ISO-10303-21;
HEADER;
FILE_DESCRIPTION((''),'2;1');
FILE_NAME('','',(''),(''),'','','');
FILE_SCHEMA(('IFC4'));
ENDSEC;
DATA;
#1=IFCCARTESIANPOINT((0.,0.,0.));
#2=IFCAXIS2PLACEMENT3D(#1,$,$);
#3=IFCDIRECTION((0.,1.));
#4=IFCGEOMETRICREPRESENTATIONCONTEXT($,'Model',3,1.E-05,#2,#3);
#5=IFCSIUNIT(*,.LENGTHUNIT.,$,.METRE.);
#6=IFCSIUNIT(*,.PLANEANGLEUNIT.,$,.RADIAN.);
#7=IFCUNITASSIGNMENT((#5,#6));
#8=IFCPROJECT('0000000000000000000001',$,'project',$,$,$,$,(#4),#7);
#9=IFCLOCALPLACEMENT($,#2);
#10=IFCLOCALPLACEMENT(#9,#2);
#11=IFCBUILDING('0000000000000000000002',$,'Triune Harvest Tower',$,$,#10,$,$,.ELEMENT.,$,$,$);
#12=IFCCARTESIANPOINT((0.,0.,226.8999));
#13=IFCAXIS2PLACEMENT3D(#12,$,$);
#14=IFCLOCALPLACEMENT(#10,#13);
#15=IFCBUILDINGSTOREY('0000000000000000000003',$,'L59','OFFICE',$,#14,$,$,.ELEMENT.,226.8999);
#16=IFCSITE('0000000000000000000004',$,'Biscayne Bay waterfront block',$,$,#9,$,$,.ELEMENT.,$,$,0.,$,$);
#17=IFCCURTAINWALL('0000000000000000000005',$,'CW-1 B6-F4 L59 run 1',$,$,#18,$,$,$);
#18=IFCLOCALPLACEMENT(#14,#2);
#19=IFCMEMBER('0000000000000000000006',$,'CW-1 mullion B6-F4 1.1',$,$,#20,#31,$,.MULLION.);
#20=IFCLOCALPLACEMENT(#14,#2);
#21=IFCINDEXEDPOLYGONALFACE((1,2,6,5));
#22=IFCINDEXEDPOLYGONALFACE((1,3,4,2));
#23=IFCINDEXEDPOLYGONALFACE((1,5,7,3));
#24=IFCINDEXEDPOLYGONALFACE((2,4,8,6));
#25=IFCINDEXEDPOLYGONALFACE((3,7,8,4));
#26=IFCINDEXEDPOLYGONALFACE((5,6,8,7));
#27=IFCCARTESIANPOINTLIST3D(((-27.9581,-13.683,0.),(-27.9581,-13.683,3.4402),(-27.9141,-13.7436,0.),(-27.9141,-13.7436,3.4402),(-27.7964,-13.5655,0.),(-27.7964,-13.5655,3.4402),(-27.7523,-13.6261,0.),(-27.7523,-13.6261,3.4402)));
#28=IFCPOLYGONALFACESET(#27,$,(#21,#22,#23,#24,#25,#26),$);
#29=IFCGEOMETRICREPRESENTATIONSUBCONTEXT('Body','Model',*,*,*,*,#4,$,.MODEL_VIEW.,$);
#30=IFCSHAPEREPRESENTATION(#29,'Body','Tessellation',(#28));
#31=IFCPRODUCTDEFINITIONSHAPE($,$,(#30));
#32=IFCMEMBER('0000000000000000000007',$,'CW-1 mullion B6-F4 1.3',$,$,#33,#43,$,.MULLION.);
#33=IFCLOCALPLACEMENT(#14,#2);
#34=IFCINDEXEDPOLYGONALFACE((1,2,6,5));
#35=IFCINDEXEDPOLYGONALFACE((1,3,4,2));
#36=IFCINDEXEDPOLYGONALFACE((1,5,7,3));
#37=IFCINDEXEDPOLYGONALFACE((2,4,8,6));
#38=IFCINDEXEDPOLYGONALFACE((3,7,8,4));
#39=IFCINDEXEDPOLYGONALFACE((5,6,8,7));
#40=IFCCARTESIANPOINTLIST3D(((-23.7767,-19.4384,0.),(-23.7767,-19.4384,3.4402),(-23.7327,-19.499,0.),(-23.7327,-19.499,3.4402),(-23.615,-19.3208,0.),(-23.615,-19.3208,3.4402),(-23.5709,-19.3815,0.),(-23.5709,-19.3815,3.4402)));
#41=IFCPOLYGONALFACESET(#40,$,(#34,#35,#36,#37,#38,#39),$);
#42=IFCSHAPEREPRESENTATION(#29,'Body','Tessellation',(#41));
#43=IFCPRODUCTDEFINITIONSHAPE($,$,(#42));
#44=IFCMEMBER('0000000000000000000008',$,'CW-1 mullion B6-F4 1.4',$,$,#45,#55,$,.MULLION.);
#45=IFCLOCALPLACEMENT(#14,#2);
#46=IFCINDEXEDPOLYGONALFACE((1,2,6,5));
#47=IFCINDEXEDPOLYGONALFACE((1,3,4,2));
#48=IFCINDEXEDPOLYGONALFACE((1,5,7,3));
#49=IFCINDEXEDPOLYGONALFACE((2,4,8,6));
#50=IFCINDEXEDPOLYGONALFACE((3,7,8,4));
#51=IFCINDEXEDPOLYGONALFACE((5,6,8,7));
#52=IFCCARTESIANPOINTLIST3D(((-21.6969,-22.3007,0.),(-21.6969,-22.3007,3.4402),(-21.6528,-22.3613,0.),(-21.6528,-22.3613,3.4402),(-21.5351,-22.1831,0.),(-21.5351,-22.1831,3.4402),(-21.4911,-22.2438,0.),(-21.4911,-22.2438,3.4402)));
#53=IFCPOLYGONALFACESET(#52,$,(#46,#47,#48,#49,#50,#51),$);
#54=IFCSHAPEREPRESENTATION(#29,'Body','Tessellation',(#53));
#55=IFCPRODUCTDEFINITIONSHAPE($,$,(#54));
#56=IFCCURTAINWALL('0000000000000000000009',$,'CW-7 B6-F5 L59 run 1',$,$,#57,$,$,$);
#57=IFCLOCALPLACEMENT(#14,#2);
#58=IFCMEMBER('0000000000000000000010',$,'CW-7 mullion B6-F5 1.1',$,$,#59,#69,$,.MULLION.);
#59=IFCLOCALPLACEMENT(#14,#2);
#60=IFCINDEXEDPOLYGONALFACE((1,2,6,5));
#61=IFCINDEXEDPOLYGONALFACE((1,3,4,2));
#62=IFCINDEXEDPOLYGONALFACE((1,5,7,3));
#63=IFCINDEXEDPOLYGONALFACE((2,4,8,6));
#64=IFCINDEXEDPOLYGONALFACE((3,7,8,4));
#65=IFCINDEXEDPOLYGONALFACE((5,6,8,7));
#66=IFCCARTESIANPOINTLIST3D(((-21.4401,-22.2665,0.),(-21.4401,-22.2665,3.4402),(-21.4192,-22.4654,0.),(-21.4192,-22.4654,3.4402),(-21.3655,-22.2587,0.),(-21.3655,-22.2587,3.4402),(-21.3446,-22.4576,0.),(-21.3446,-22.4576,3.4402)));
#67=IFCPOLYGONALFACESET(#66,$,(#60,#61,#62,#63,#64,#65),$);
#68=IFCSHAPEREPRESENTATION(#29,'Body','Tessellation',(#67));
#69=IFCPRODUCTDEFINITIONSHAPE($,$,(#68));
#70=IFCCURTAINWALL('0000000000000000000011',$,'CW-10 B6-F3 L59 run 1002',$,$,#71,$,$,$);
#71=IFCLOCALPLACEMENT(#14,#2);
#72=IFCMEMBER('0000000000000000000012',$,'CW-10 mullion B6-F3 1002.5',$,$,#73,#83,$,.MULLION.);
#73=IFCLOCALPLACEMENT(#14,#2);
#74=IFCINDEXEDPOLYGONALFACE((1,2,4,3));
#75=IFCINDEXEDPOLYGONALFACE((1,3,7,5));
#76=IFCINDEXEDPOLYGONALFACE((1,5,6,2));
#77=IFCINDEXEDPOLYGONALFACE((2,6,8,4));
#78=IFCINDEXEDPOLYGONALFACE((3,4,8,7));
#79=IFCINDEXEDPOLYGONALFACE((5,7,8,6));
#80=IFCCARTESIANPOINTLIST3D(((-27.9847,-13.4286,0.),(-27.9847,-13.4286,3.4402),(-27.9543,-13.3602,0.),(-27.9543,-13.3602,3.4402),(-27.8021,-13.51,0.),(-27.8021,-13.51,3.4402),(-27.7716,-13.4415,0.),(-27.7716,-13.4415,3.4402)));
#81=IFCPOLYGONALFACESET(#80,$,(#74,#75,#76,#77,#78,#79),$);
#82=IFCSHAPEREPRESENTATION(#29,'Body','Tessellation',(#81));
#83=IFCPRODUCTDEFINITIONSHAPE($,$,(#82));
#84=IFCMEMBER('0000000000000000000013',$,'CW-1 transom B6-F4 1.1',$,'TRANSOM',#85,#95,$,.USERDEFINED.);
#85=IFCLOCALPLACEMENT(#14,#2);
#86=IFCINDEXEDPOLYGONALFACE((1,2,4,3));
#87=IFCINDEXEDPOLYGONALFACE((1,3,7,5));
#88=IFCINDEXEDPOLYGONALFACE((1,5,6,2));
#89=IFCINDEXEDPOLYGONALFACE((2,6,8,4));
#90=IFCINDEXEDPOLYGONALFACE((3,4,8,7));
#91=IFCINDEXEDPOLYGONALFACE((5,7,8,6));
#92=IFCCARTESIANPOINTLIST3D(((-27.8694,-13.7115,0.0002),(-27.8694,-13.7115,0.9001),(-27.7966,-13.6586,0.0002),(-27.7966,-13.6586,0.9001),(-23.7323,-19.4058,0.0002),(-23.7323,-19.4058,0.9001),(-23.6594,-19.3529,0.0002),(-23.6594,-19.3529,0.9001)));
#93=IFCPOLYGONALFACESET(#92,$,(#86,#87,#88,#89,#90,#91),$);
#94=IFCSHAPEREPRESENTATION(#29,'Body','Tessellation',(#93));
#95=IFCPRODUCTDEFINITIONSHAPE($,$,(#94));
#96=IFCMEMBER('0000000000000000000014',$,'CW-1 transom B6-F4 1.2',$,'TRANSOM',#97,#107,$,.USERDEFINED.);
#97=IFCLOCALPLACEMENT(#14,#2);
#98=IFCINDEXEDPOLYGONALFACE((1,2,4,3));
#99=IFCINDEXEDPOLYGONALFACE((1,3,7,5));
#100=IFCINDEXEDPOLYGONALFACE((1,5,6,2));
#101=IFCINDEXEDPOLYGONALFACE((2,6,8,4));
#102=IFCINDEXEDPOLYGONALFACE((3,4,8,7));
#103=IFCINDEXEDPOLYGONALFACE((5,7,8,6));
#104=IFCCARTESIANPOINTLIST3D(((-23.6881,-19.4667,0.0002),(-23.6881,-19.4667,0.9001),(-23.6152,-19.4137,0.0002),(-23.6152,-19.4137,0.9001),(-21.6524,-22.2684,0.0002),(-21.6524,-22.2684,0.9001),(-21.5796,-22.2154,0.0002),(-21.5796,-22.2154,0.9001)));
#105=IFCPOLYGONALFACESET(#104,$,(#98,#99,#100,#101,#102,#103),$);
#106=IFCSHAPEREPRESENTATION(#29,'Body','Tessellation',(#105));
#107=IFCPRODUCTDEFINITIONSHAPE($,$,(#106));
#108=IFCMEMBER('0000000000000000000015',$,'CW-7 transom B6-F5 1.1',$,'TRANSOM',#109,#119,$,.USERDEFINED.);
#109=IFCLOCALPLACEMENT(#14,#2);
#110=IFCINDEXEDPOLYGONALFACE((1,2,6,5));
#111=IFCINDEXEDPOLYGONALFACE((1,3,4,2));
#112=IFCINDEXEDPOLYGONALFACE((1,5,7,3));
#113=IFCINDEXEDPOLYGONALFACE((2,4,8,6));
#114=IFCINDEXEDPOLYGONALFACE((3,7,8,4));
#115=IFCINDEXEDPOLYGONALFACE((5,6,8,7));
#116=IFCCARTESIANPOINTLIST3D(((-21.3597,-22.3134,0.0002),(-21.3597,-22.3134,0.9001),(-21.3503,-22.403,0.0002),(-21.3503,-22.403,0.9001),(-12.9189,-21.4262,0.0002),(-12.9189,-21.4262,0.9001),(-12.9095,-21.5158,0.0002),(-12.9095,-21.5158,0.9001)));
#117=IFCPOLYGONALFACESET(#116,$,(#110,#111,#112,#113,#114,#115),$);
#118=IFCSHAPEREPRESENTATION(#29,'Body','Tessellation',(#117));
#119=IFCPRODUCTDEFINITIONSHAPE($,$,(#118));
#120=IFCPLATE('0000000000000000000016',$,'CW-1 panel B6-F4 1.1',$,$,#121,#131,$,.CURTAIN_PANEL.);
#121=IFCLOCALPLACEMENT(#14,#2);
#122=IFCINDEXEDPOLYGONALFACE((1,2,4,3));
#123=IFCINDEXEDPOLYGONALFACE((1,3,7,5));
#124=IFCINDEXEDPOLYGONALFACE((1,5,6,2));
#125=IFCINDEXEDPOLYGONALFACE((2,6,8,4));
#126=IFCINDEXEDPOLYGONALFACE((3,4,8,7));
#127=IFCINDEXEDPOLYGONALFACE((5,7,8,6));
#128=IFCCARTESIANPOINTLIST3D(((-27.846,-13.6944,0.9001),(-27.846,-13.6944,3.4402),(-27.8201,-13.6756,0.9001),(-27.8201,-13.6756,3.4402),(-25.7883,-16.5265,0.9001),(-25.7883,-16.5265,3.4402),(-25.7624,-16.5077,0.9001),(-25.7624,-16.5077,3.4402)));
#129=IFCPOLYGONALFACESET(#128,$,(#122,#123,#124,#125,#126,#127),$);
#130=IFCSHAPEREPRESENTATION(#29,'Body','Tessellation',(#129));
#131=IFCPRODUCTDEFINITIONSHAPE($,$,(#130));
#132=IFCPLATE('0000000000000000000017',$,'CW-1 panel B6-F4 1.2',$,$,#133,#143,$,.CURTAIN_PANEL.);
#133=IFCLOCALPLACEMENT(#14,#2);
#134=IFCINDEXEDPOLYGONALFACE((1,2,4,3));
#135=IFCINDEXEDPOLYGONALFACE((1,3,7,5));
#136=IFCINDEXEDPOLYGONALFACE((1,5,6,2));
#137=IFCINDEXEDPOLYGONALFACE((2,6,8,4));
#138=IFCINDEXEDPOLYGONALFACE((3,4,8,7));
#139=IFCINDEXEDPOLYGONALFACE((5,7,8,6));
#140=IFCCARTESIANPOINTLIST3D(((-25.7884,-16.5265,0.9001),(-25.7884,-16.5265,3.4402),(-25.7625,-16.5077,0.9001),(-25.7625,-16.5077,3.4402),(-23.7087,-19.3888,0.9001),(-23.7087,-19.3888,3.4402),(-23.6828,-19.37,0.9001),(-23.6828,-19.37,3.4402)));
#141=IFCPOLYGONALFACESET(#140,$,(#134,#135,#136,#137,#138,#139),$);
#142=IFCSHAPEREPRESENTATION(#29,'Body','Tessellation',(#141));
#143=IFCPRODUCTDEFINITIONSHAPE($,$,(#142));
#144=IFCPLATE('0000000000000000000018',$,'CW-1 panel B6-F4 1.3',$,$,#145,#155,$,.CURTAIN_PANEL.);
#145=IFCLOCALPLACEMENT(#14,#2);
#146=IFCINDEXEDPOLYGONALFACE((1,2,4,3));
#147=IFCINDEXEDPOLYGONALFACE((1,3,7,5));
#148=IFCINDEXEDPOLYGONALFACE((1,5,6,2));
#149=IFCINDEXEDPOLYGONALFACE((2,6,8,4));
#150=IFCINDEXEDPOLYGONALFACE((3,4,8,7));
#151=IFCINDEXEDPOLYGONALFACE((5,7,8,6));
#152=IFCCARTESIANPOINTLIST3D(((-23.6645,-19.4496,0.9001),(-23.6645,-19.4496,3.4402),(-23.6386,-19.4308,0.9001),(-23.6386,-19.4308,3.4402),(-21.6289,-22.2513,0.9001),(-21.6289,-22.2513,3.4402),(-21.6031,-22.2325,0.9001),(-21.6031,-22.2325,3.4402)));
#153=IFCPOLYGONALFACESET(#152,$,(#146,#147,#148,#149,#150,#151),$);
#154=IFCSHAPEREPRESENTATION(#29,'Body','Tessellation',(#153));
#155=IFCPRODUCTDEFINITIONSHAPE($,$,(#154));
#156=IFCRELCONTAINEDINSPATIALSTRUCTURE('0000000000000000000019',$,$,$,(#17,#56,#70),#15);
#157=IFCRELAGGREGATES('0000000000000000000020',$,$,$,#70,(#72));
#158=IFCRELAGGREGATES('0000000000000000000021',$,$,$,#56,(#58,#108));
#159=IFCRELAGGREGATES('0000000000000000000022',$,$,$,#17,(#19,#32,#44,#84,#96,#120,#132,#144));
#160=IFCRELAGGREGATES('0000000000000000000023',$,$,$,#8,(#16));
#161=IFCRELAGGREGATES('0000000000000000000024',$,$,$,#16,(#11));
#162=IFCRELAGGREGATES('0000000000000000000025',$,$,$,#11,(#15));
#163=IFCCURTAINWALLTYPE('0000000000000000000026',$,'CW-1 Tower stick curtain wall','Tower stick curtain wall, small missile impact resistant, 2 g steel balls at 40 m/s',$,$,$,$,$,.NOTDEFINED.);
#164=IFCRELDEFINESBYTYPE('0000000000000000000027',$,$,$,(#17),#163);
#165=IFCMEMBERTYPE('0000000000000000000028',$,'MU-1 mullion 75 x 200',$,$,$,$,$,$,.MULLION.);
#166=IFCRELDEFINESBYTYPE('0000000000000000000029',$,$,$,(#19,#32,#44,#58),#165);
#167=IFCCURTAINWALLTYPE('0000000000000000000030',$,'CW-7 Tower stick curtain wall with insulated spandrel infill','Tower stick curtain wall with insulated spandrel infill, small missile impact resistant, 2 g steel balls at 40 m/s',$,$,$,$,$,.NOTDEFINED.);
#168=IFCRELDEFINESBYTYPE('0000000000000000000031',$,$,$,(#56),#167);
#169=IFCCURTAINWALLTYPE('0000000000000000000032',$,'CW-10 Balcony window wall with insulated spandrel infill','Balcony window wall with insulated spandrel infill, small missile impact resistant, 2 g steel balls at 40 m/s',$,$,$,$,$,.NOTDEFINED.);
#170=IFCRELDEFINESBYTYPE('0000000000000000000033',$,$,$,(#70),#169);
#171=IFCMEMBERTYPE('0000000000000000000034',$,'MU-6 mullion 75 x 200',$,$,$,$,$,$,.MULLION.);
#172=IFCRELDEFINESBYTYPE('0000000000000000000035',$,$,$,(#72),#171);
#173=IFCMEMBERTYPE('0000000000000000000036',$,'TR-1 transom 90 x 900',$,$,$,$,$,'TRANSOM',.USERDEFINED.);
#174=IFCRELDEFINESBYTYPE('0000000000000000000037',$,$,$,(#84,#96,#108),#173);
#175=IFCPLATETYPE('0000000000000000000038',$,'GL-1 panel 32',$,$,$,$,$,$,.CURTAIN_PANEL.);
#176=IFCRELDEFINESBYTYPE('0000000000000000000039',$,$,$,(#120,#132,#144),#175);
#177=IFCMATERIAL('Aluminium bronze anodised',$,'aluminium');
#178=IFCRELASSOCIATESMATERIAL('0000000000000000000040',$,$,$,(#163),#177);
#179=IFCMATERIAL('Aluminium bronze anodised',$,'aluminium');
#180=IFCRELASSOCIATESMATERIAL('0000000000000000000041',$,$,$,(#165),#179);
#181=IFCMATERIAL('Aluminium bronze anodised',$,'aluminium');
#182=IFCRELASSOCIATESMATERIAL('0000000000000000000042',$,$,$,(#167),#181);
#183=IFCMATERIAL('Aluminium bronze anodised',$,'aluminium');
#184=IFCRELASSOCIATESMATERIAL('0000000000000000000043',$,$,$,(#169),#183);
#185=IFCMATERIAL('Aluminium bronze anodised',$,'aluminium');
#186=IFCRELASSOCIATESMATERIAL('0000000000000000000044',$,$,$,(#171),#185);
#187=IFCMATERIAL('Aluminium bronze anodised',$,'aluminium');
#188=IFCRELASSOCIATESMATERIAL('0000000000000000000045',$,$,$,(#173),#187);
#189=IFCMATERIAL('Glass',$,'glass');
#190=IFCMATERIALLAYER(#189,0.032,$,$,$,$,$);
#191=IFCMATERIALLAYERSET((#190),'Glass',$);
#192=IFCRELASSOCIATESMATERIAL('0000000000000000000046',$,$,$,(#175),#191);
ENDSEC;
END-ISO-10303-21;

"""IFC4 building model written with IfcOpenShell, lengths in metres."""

from ifc_helpers import new_model, si_unit, direction, frame, origin, origin_2d, place, context, subcontext, project, spatial, rectangle, extrude, source, transform, mapped, material, layer, layer_set, material_profile, profile_set, type_object, element, aggregate, save


model = new_model("IFC4")

# Units and contexts
model_context = context("Model", 3, precision=1e-05, world=origin(), true_north=direction((0.0, 1.0)))
body_context = subcontext(model_context, "Body", "Model", "MODEL_VIEW")
ifc_project = project(units=[si_unit("LENGTHUNIT", "METRE"), si_unit("PLANEANGLEUNIT", "RADIAN")], contexts=[model_context])

# Site, building, storey
site_placement = place(None, origin())
site = spatial("IfcSite", under=ifc_project, at=site_placement, Name="Biscayne Bay waterfront block", CompositionType="ELEMENT", RefElevation=0.0)
building_placement = place(site_placement, origin())
building = spatial("IfcBuilding", under=site, at=building_placement, Name="Triune Harvest Tower", CompositionType="ELEMENT")
storey_placement = place(building_placement, frame((0.0, 0.0, 226.8999)))
storey = spatial("IfcBuildingStorey", under=building, at=storey_placement, Name="L59", Description="OFFICE", CompositionType="ELEMENT", Elevation=226.8999)

# Curtain wall, members
ifc_material_1 = material(Name="Aluminium bronze anodised", Category="aluminium")
curtain_wall_type_1 = type_object("IfcCurtainWallType", Name="CW-1 Tower stick curtain wall", Description="Tower stick curtain wall, small missile impact resistant, 2 g steel balls at 40 m/s", PredefinedType="NOTDEFINED", material=ifc_material_1)
curtain_wall_1_placement = place(storey_placement, origin())
curtain_wall_1 = element("IfcCurtainWall", 1, at=curtain_wall_1_placement, inside=storey, type_object=curtain_wall_type_1, Name="CW-1 B6-F4 L59 run 1")
ifc_material_2 = material(Name="Aluminium bronze anodised", Category="aluminium")
ifc_material_profile_1 = material_profile(ifc_material_2, rectangle(XDim=0.2, YDim=0.075, at=origin_2d()), Name="MU-1 mullion 75 x 200")
ifc_profile_set_1 = profile_set([ifc_material_profile_1], Name="Aluminium bronze anodised")
member_type_1 = type_object("IfcMemberType", Name="MU-1 mullion 75 x 200", PredefinedType="MULLION", material=ifc_profile_set_1)
shared_shape_1 = source(origin(), body_context, "Body", "SweptSolid", [
    extrude(rectangle(XDim=0.2, YDim=0.075, at=origin_2d()), origin(), (0.0, 0.0, 1.0), 3.4402),
])
member_1_placement = place(storey_placement, frame((-27.8552, -13.6545, 0.0), z_axis=(0.0, 0.0, 1.0), x_axis=(0.809014, 0.587789, 0.0)))
member_1 = element("IfcMember", 2, at=member_1_placement, type_object=member_type_1, Name="CW-1 mullion B6-F4 1.1", PredefinedType="MULLION", context=body_context, shape_type="MappedRepresentation", body=[
    mapped(shared_shape_1, transform((0.0, 0.0, 0.0), scale=1.0)),
])
member_2_placement = place(storey_placement, frame((-23.6738, -19.4099, 0.0), z_axis=(0.0, 0.0, 1.0), x_axis=(0.809014, 0.587789, 0.0)))
member_2 = element("IfcMember", 3, at=member_2_placement, type_object=member_type_1, Name="CW-1 mullion B6-F4 1.3", PredefinedType="MULLION", context=body_context, shape_type="MappedRepresentation", body=[
    mapped(shared_shape_1, transform((0.0, 0.0, 0.0), scale=1.0)),
])
member_3_placement = place(storey_placement, frame((-21.594, -22.2722, 0.0), z_axis=(0.0, 0.0, 1.0), x_axis=(0.809014, 0.587789, 0.0)))
member_3 = element("IfcMember", 4, at=member_3_placement, type_object=member_type_1, Name="CW-1 mullion B6-F4 1.4", PredefinedType="MULLION", context=body_context, shape_type="MappedRepresentation", body=[
    mapped(shared_shape_1, transform((0.0, 0.0, 0.0), scale=1.0)),
])

# Curtain walls, members
ifc_material_3 = material(Name="Aluminium bronze anodised", Category="aluminium")
curtain_wall_type_2 = type_object("IfcCurtainWallType", Name="CW-7 Tower stick curtain wall with insulated spandrel infill", Description="Tower stick curtain wall with insulated spandrel infill, small missile impact resistant, 2 g steel balls at 40 m/s", PredefinedType="NOTDEFINED", material=ifc_material_3)
curtain_wall_2_placement = place(storey_placement, origin())
curtain_wall_2 = element("IfcCurtainWall", 5, at=curtain_wall_2_placement, inside=storey, type_object=curtain_wall_type_2, Name="CW-7 B6-F5 L59 run 1")
member_4_placement = place(storey_placement, frame((-21.3923, -22.3621, 0.0), z_axis=(0.0, 0.0, 1.0), x_axis=(-0.104528, 0.994522, 0.0)))
member_4 = element("IfcMember", 6, at=member_4_placement, type_object=member_type_1, Name="CW-7 mullion B6-F5 1.1", PredefinedType="MULLION", context=body_context, shape_type="MappedRepresentation", body=[
    mapped(shared_shape_1, transform((0.0, 0.0, 0.0), scale=1.0)),
])
ifc_material_4 = material(Name="Aluminium bronze anodised", Category="aluminium")
curtain_wall_type_3 = type_object("IfcCurtainWallType", Name="CW-10 Balcony window wall with insulated spandrel infill", Description="Balcony window wall with insulated spandrel infill, small missile impact resistant, 2 g steel balls at 40 m/s", PredefinedType="NOTDEFINED", material=ifc_material_4)
curtain_wall_3_placement = place(storey_placement, origin())
curtain_wall_3 = element("IfcCurtainWall", 7, at=curtain_wall_3_placement, inside=storey, type_object=curtain_wall_type_3, Name="CW-10 B6-F3 L59 run 1002")
ifc_material_5 = material(Name="Aluminium bronze anodised", Category="aluminium")
ifc_material_profile_2 = material_profile(ifc_material_5, rectangle(XDim=0.2, YDim=0.075, at=origin_2d()), Name="MU-6 mullion 75 x 200")
ifc_profile_set_2 = profile_set([ifc_material_profile_2], Name="Aluminium bronze anodised")
member_type_2 = type_object("IfcMemberType", Name="MU-6 mullion 75 x 200", PredefinedType="MULLION", material=ifc_profile_set_2)
shared_shape_2 = source(origin(), body_context, "Body", "SweptSolid", [
    extrude(rectangle(XDim=0.2, YDim=0.075, at=origin_2d()), origin(), (0.0, 0.0, 1.0), 3.4402),
])
member_5_placement = place(storey_placement, frame((-27.8782, -13.4351, 0.0), z_axis=(0.0, 0.0, 1.0), x_axis=(0.913546, -0.406737, 0.0)))
member_5 = element("IfcMember", 8, at=member_5_placement, type_object=member_type_2, Name="CW-10 mullion B6-F3 1002.5", PredefinedType="MULLION", context=body_context, shape_type="MappedRepresentation", body=[
    mapped(shared_shape_2, transform((0.0, 0.0, 0.0), scale=1.0)),
])
aggregate(curtain_wall_3, [member_5])

# Members
ifc_material_6 = material(Name="Aluminium bronze anodised", Category="aluminium")
ifc_material_profile_3 = material_profile(ifc_material_6, rectangle(XDim=0.0901, YDim=0.8999, at=origin_2d()), Name="TR-1 transom 90 x 900")
ifc_profile_set_3 = profile_set([ifc_material_profile_3], Name="Aluminium bronze anodised")
member_type_3 = type_object("IfcMemberType", Name="TR-1 transom 90 x 900", ElementType="TRANSOM", PredefinedType="USERDEFINED", material=ifc_profile_set_3)
shared_shape_3 = source(origin(), body_context, "Body", "SweptSolid", [
    extrude(rectangle(XDim=0.0901, YDim=0.8999, at=origin_2d()), origin(), (0.0, 0.0, 1.0), 7.0386),
])
member_6_placement = place(storey_placement, frame((-27.833, -13.6851, 0.4502), z_axis=(0.587788, -0.809015, 0.0), x_axis=(0.809015, 0.587788, 0.0)))
member_6 = element("IfcMember", 9, at=member_6_placement, type_object=member_type_3, Name="CW-1 transom B6-F4 1.1", ObjectType="TRANSOM", PredefinedType="USERDEFINED", context=body_context, shape_type="MappedRepresentation", body=[
    mapped(shared_shape_3, transform((0.0, 0.0, 0.0), scale=1.0)),
])
shared_shape_4 = source(origin(), body_context, "Body", "SweptSolid", [
    extrude(rectangle(XDim=0.0901, YDim=0.8999, at=origin_2d()), origin(), (0.0, 0.0, 1.0), 3.4631),
])
member_7_placement = place(storey_placement, frame((-23.6516, -19.4402, 0.4502), z_axis=(0.587794, -0.80901, 0.0), x_axis=(0.80901, 0.587794, 0.0)))
member_7 = element("IfcMember", 10, at=member_7_placement, type_object=member_type_3, Name="CW-1 transom B6-F4 1.2", ObjectType="TRANSOM", PredefinedType="USERDEFINED", context=body_context, shape_type="MappedRepresentation", body=[
    mapped(shared_shape_4, transform((0.0, 0.0, 0.0), scale=1.0)),
])
shared_shape_5 = source(origin(), body_context, "Body", "SweptSolid", [
    extrude(rectangle(XDim=0.0901, YDim=0.8999, at=origin_2d()), origin(), (0.0, 0.0, 1.0), 8.4873),
])
member_8_placement = place(storey_placement, frame((-21.355, -22.3582, 0.4502), z_axis=(0.994522, 0.104532, 0.0), x_axis=(-0.104532, 0.994522, 0.0)))
member_8 = element("IfcMember", 11, at=member_8_placement, type_object=member_type_3, Name="CW-7 transom B6-F5 1.1", ObjectType="TRANSOM", PredefinedType="USERDEFINED", context=body_context, shape_type="MappedRepresentation", body=[
    mapped(shared_shape_5, transform((0.0, 0.0, 0.0), scale=1.0)),
])
aggregate(curtain_wall_2, [member_4, member_8])

# Plates
ifc_material_7 = material(Name="Glass", Category="glass")
ifc_layer_1 = layer(ifc_material_7, 0.032)
ifc_layer_set_1 = layer_set([ifc_layer_1], Name="Glass")
plate_type = type_object("IfcPlateType", Name="GL-1 panel 32", PredefinedType="CURTAIN_PANEL", material=ifc_layer_set_1)
shared_shape_6 = source(origin(), body_context, "Body", "SweptSolid", [
    extrude(rectangle(XDim=3.5007, YDim=0.032, at=origin_2d()), origin(), (0.0, 0.0, 1.0), 2.54),
])
plate_1_placement = place(storey_placement, frame((-26.8042, -15.1011, 0.9001), z_axis=(0.0, 0.0, 1.0), x_axis=(0.587789, -0.809014, 0.0)))
plate_1 = element("IfcPlate", 12, at=plate_1_placement, type_object=plate_type, Name="CW-1 panel B6-F4 1.1", PredefinedType="CURTAIN_PANEL", context=body_context, shape_type="MappedRepresentation", body=[
    mapped(shared_shape_6, transform((0.0, 0.0, 0.0), scale=1.0)),
])
shared_shape_7 = source(origin(), body_context, "Body", "SweptSolid", [
    extrude(rectangle(XDim=3.5381, YDim=0.032, at=origin_2d()), origin(), (0.0, 0.0, 1.0), 2.54),
])
plate_2_placement = place(storey_placement, frame((-24.7356, -17.9482, 0.9001), z_axis=(0.0, 0.0, 1.0), x_axis=(0.587789, -0.809014, 0.0)))
plate_2 = element("IfcPlate", 13, at=plate_2_placement, type_object=plate_type, Name="CW-1 panel B6-F4 1.2", PredefinedType="CURTAIN_PANEL", context=body_context, shape_type="MappedRepresentation", body=[
    mapped(shared_shape_7, transform((0.0, 0.0, 0.0), scale=1.0)),
])
shared_shape_8 = source(origin(), body_context, "Body", "SweptSolid", [
    extrude(rectangle(XDim=3.4631, YDim=0.032, at=origin_2d()), origin(), (0.0, 0.0, 1.0), 2.54),
])
plate_3_placement = place(storey_placement, frame((-22.6338, -20.8411, 0.9001), z_axis=(0.0, 0.0, 1.0), x_axis=(0.587789, -0.809014, 0.0)))
plate_3 = element("IfcPlate", 14, at=plate_3_placement, type_object=plate_type, Name="CW-1 panel B6-F4 1.3", PredefinedType="CURTAIN_PANEL", context=body_context, shape_type="MappedRepresentation", body=[
    mapped(shared_shape_8, transform((0.0, 0.0, 0.0), scale=1.0)),
])
aggregate(curtain_wall_1, [member_1, member_2, member_3, member_6, member_7, plate_1, plate_2, plate_3])

save(model, "model.ifc")
